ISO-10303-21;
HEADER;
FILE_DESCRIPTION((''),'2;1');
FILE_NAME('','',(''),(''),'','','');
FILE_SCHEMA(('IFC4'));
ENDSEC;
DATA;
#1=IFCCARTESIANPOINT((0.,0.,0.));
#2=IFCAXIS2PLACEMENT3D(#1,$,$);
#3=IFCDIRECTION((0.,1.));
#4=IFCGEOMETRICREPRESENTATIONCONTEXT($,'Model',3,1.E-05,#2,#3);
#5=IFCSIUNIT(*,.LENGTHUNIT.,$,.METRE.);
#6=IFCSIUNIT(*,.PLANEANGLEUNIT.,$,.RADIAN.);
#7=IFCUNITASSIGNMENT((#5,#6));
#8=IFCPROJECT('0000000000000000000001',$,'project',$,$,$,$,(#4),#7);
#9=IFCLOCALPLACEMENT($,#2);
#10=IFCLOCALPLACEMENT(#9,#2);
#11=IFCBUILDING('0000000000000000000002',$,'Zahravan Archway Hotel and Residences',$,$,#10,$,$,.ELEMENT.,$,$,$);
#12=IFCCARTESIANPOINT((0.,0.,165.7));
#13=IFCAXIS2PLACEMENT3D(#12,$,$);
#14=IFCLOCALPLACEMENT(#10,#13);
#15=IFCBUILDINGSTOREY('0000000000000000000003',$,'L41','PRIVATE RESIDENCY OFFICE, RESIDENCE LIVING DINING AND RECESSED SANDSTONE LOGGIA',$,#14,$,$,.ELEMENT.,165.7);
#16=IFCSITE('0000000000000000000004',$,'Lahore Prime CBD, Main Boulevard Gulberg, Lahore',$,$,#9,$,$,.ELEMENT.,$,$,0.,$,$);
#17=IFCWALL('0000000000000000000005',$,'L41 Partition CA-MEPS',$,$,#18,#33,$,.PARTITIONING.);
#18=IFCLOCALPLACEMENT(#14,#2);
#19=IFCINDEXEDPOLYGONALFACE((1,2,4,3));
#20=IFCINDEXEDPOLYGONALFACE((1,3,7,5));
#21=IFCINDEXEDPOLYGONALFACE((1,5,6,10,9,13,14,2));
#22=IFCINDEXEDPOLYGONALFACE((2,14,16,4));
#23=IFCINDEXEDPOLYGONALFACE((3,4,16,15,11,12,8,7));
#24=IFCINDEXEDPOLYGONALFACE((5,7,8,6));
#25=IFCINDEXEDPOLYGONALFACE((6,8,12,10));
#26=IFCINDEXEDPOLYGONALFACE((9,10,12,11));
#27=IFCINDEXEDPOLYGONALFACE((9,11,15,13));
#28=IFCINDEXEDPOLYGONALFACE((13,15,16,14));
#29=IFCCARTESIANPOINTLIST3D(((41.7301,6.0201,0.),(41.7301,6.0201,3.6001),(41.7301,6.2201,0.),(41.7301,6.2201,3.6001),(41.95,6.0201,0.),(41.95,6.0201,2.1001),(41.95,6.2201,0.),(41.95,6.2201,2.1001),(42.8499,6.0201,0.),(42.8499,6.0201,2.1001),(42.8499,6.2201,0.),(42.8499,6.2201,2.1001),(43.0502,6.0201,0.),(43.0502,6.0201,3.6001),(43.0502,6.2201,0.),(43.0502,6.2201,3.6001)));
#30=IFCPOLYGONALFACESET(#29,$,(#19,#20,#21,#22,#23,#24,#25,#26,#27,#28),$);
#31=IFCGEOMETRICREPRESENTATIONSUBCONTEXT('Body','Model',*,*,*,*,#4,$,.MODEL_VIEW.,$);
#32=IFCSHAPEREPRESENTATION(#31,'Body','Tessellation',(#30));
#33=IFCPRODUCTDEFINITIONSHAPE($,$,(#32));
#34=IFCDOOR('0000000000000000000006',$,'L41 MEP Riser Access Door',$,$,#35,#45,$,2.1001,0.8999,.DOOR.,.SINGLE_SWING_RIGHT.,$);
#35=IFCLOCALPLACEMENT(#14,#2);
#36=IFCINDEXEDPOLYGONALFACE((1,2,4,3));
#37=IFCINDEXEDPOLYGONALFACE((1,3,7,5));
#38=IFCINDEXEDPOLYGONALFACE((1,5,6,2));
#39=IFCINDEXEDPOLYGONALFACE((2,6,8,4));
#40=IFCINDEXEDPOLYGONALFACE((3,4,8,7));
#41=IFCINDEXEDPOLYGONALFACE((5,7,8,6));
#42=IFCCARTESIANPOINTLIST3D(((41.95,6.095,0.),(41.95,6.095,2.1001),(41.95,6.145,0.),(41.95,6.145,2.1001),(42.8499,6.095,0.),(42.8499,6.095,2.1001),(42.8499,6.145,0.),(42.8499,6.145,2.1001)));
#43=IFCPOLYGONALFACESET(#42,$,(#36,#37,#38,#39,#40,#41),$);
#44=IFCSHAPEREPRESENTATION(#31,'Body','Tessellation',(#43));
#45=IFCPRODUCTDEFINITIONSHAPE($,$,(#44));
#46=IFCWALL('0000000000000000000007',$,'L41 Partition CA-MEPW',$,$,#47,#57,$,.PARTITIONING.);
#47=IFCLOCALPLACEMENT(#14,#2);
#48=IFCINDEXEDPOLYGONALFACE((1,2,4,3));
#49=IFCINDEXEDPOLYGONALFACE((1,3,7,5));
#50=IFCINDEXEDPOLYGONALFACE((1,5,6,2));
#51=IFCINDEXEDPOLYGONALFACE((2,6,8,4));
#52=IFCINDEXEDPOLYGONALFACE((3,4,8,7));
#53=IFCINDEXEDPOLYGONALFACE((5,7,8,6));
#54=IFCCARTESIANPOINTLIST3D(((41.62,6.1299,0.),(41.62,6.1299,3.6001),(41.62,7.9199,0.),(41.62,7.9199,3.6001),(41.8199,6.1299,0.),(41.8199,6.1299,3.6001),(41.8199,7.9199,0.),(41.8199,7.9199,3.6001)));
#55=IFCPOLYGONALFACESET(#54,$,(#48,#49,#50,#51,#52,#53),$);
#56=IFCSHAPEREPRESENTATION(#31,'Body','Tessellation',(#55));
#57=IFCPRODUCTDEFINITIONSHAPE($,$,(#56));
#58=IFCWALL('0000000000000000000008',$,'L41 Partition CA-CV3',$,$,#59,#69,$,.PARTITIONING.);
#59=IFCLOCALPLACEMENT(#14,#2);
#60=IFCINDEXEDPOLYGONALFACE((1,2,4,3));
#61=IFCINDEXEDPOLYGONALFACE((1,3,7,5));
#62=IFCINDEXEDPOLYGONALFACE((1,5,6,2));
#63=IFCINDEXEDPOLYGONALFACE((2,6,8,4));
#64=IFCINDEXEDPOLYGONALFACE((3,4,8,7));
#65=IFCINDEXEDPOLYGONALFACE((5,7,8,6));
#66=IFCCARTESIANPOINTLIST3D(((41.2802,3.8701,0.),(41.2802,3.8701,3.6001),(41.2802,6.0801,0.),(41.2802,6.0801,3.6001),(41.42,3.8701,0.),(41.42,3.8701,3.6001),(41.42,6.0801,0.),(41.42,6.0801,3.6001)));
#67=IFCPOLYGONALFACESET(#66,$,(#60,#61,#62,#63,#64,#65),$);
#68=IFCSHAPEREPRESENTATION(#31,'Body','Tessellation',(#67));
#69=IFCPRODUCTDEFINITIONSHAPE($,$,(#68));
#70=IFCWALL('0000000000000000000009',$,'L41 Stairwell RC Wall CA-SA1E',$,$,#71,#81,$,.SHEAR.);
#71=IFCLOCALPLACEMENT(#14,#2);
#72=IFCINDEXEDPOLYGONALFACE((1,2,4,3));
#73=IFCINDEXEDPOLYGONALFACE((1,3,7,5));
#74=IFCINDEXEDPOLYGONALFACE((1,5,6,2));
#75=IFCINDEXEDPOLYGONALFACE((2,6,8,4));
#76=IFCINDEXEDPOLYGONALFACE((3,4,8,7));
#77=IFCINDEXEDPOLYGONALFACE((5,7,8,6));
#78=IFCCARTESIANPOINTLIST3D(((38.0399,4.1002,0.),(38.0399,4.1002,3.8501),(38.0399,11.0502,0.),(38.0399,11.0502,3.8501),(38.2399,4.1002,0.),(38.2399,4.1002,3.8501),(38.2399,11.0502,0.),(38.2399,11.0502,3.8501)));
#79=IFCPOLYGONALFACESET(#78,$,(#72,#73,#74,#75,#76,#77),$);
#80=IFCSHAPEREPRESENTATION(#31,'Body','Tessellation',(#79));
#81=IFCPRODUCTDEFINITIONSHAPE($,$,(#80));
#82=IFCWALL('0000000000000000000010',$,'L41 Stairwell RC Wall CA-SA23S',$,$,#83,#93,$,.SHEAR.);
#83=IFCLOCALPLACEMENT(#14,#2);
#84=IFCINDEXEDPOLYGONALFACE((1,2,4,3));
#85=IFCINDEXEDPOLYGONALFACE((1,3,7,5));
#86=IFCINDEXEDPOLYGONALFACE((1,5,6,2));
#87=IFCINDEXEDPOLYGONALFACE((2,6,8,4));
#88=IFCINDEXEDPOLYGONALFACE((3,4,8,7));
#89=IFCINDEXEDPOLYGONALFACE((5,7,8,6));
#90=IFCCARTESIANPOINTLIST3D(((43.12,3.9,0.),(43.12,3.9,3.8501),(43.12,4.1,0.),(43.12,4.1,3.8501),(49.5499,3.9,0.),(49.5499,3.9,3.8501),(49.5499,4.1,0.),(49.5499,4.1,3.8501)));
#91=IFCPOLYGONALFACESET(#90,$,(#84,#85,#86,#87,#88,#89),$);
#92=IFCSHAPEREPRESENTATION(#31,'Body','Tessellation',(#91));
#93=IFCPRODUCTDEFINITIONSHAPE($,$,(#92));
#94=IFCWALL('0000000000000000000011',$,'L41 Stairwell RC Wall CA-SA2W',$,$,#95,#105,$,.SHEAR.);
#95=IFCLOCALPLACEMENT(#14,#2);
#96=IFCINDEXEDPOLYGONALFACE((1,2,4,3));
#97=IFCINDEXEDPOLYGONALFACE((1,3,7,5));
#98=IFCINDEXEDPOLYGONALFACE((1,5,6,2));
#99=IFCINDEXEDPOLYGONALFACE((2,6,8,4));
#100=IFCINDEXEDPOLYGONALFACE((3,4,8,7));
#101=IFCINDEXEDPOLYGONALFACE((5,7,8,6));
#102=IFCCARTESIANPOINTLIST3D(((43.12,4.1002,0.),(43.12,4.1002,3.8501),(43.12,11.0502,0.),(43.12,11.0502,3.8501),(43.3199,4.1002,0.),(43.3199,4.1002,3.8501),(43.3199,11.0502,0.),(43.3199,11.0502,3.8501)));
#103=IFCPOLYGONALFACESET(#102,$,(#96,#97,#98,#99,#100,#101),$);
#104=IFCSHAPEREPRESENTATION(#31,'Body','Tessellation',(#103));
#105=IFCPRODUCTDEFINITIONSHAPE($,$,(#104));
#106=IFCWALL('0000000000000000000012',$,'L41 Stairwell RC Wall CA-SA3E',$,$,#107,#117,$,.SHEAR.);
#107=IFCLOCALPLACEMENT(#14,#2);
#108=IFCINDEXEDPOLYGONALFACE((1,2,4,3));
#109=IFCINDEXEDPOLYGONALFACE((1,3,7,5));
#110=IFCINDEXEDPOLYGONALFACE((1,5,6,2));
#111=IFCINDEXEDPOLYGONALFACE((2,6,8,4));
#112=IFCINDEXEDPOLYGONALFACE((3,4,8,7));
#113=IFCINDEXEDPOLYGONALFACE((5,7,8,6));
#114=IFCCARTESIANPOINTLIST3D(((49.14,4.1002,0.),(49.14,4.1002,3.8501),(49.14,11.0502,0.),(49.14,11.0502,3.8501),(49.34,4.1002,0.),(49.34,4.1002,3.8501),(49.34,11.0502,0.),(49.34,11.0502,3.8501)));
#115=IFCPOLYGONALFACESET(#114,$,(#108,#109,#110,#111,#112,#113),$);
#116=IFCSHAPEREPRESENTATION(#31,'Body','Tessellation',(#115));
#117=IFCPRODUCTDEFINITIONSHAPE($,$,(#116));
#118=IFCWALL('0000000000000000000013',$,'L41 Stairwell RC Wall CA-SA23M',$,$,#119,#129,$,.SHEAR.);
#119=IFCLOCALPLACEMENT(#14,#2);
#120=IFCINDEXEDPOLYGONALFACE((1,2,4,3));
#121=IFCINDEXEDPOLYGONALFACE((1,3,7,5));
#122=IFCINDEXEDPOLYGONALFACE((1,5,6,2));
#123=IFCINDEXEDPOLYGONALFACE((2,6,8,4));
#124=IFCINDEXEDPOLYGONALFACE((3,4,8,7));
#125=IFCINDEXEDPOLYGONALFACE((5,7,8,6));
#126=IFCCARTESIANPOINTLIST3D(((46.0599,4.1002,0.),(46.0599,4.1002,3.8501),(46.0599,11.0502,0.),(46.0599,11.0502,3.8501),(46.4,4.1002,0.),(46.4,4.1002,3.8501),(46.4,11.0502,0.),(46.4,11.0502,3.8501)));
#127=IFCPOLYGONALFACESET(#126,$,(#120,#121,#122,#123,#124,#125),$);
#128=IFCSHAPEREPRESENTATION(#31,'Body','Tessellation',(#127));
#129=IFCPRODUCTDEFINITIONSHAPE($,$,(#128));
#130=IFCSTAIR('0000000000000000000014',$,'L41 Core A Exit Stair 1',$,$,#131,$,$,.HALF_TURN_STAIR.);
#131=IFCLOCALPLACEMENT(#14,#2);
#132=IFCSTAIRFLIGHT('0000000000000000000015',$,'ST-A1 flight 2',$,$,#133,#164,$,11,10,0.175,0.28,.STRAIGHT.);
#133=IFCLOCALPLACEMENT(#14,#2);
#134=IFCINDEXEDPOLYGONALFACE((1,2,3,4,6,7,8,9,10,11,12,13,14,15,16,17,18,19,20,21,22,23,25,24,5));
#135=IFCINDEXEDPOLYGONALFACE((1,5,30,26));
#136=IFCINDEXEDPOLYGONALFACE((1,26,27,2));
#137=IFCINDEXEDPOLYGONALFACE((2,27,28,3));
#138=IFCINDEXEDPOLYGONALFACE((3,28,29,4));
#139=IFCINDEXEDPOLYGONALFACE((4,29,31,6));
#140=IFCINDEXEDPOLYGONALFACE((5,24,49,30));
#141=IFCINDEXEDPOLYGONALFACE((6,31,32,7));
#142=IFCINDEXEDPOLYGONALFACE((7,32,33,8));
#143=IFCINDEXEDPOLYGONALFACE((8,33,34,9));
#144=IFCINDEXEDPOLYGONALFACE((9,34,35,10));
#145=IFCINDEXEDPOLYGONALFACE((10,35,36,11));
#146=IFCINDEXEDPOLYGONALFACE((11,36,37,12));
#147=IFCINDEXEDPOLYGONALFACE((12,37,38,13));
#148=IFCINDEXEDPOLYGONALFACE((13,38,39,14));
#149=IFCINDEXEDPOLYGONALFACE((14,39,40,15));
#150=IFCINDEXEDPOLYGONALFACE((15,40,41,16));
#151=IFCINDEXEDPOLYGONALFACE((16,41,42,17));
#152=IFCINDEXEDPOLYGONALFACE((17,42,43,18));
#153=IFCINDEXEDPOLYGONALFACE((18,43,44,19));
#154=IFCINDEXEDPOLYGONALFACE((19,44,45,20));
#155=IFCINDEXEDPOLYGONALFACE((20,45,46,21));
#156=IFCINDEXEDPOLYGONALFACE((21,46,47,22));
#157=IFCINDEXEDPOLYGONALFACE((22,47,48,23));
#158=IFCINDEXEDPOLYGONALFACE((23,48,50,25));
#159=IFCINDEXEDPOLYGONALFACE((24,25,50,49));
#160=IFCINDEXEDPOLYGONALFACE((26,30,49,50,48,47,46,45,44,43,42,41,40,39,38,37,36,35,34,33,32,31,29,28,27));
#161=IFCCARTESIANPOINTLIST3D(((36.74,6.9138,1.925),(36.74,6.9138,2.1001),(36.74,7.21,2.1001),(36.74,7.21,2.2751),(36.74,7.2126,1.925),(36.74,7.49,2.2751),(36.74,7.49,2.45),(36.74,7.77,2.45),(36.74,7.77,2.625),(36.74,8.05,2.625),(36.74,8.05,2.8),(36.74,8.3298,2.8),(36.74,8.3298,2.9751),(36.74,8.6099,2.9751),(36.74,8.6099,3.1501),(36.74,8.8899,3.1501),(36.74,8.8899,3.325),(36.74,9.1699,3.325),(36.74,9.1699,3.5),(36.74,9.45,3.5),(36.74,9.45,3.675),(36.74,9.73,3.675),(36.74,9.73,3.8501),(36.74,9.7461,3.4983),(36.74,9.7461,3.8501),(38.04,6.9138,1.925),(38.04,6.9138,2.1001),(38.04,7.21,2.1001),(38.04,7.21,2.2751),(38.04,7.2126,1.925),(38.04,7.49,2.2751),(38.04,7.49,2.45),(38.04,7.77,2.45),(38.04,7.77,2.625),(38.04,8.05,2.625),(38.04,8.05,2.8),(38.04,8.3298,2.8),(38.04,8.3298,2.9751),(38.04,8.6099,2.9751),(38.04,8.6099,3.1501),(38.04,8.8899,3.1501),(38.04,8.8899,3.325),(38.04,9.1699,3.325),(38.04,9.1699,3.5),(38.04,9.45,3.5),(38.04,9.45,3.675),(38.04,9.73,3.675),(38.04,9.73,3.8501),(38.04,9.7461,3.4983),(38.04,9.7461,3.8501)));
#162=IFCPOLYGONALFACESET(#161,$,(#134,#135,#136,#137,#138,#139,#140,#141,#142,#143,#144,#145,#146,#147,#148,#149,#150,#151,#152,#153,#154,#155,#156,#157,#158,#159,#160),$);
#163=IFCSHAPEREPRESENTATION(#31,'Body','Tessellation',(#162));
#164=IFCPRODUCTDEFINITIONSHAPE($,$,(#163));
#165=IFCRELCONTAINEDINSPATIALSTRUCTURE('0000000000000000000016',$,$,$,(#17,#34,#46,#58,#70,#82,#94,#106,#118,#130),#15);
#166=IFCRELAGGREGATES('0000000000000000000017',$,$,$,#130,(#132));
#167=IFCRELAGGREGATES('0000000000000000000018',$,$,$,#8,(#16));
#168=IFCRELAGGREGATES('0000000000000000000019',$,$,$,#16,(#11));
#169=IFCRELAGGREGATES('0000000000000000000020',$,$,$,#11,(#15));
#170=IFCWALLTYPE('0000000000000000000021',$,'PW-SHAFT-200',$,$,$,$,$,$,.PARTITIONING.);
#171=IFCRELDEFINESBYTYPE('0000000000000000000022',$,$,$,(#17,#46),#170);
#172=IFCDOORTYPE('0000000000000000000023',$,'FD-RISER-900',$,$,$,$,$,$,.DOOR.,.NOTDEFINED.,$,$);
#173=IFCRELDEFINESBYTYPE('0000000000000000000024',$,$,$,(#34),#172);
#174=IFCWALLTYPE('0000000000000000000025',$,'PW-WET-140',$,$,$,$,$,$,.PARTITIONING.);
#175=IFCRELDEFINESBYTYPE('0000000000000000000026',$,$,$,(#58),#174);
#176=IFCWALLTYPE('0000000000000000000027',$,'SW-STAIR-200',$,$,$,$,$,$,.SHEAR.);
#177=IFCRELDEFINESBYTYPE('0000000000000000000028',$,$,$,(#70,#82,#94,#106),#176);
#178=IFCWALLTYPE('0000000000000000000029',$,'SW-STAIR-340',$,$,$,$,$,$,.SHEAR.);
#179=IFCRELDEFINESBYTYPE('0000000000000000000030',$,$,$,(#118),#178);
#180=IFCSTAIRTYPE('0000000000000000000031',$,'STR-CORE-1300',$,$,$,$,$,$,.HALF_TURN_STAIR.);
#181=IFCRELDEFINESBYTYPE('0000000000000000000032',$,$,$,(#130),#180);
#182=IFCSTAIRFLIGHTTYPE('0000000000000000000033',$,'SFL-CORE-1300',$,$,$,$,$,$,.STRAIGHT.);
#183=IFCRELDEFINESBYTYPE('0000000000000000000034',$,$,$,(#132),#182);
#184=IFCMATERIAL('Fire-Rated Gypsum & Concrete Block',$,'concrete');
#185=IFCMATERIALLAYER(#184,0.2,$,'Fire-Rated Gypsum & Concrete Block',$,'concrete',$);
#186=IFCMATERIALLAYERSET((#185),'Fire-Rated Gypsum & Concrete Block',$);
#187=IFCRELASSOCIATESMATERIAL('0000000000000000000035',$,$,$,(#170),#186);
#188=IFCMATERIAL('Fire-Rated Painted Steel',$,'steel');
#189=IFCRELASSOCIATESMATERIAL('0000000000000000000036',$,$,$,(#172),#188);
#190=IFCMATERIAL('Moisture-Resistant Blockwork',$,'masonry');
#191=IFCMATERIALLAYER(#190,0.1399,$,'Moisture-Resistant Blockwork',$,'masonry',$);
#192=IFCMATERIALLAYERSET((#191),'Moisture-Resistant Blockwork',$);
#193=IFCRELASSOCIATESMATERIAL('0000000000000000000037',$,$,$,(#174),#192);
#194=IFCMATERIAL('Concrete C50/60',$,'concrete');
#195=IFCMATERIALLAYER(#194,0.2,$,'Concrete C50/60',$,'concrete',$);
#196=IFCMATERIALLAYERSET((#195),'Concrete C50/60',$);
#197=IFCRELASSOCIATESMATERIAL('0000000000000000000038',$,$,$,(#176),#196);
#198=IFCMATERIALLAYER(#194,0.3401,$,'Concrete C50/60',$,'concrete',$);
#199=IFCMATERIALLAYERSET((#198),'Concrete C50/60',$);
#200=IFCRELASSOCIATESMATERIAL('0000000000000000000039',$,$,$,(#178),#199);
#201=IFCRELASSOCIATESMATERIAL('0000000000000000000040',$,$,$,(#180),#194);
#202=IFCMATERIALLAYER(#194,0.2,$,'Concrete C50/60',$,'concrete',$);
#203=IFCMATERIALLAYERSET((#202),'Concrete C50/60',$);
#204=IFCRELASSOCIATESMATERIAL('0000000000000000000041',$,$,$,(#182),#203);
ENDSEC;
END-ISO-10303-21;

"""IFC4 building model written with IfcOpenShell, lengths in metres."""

from ifc_helpers import new_model, si_unit, direction, frame, frame_2d, origin, place, context, subcontext, project, spatial, polyline, rectangle, outline, extrude, source, transform, mapped, material, layer, layer_set, type_object, type_shapes, element, fill, aggregate, save


model = new_model("IFC4")

# Units and contexts
model_context = context("Model", 3, precision=1e-05, world=origin(), true_north=direction((0.0, 1.0)))
body_context = subcontext(model_context, "Body", "Model", "MODEL_VIEW")
ifc_project = project(units=[si_unit("LENGTHUNIT", "METRE"), si_unit("PLANEANGLEUNIT", "RADIAN")], contexts=[model_context])

# Site, building, storey
site_placement = place(None, origin())
site = spatial("IfcSite", under=ifc_project, at=site_placement, Name="Lahore Prime CBD, Main Boulevard Gulberg, Lahore", CompositionType="ELEMENT", RefElevation=0.0)
building_placement = place(site_placement, origin())
building = spatial("IfcBuilding", under=site, at=building_placement, Name="Zahravan Archway Hotel and Residences", CompositionType="ELEMENT")
storey_placement = place(building_placement, frame((0.0, 0.0, 165.7)))
storey = spatial("IfcBuildingStorey", under=building, at=storey_placement, Name="L41", Description="PRIVATE RESIDENCY OFFICE, RESIDENCE LIVING DINING AND RECESSED SANDSTONE LOGGIA", CompositionType="ELEMENT", Elevation=165.7)

# Shared definitions
ifc_material_1 = material(Name="Fire-Rated Gypsum & Concrete Block", Category="concrete")
ifc_layer_1 = layer(ifc_material_1, 0.2, Name="Fire-Rated Gypsum & Concrete Block", Category="concrete")
ifc_layer_set_1 = layer_set([ifc_layer_1], Name="Fire-Rated Gypsum & Concrete Block")
wall_type_1 = type_object("IfcWallType", Name="PW-SHAFT-200", PredefinedType="PARTITIONING", material=ifc_layer_set_1)
ifc_material_2 = material(Name="Fire-Rated Painted Steel", Category="steel")
door_type = type_object("IfcDoorType", Name="FD-RISER-900", OperationType="NOTDEFINED", PredefinedType="DOOR", material=ifc_material_2)
shared_shape_1 = source(origin(), body_context, "Body", "SweptSolid", [
    extrude(rectangle(XDim=0.8999, YDim=2.1001, at=frame_2d((0.45, 1.05))), frame((0.0, 0.0249, 0.0), z_axis=(0.0, -1.0, 0.0), x_axis=(1.0, 0.0, 0.0)), (0.0, 0.0, 1.0), 0.05),
])
type_shapes(door_type, [shared_shape_1])

# Wall, opening, door
wall_1_placement = place(storey_placement, frame((41.73, 6.1201, 0.0), z_axis=(0.0, 0.0, 1.0), x_axis=(1.0, 0.0, 0.0)))
wall_1 = element("IfcWall", 1, at=wall_1_placement, inside=storey, type_object=wall_type_1, Name="L41 Partition CA-MEPS", PredefinedType="PARTITIONING", context=body_context, shape_type="SweptSolid", body=[
    extrude(rectangle(XDim=1.3201, YDim=0.2, at=frame_2d((0.6602, 0.0))), origin(), (0.0, 0.0, 1.0), 3.6001),
])
opening_1_placement = place(wall_1_placement, frame((0.22, 0.0, 0.0)))
opening_1 = element("IfcOpeningElement", 2, at=opening_1_placement, cuts=wall_1, PredefinedType="OPENING", context=body_context, shape_type="SweptSolid", body=[
    extrude(rectangle(XDim=0.8999, YDim=2.1001, at=frame_2d((0.45, 1.05))), frame((0.0, 0.1099, 0.0), z_axis=(0.0, -1.0, 0.0), x_axis=(1.0, 0.0, 0.0)), (0.0, 0.0, 1.0), 0.22),
])
door_1_placement = place(opening_1_placement, origin())
door_1 = element("IfcDoor", 3, at=door_1_placement, inside=storey, type_object=door_type, Name="L41 MEP Riser Access Door", OperationType="SINGLE_SWING_RIGHT", OverallHeight=2.1001, OverallWidth=0.8999, PredefinedType="DOOR", context=body_context, shape_type="MappedRepresentation", body=[
    mapped(shared_shape_1, transform((0.0, 0.0, 0.0), scale=1.0)),
])
fill(opening_1, door_1)

# Walls
wall_2_placement = place(storey_placement, frame((41.72, 6.1299, 0.0), z_axis=(0.0, 0.0, 1.0), x_axis=(0.0, 1.0, 0.0)))
element("IfcWall", 4, at=wall_2_placement, inside=storey, type_object=wall_type_1, Name="L41 Partition CA-MEPW", PredefinedType="PARTITIONING", context=body_context, shape_type="SweptSolid", body=[
    extrude(rectangle(XDim=1.79, YDim=0.2, at=frame_2d((0.895, 0.0))), origin(), (0.0, 0.0, 1.0), 3.6001),
])
ifc_material_3 = material(Name="Moisture-Resistant Blockwork", Category="masonry")
ifc_layer_2 = layer(ifc_material_3, 0.1399, Name="Moisture-Resistant Blockwork", Category="masonry")
ifc_layer_set_2 = layer_set([ifc_layer_2], Name="Moisture-Resistant Blockwork")
wall_type_2 = type_object("IfcWallType", Name="PW-WET-140", PredefinedType="PARTITIONING", material=ifc_layer_set_2)
wall_3_placement = place(storey_placement, frame((41.3501, 3.8701, 0.0), z_axis=(0.0, 0.0, 1.0), x_axis=(0.0, 1.0, 0.0)))
element("IfcWall", 5, at=wall_3_placement, inside=storey, type_object=wall_type_2, Name="L41 Partition CA-CV3", PredefinedType="PARTITIONING", context=body_context, shape_type="SweptSolid", body=[
    extrude(rectangle(XDim=2.21, YDim=0.1399, at=frame_2d((1.105, 0.0))), origin(), (0.0, 0.0, 1.0), 3.6001),
])
ifc_material_4 = material(Name="Concrete C50/60", Category="concrete")
ifc_layer_3 = layer(ifc_material_4, 0.2, Name="Concrete C50/60", Category="concrete")
ifc_layer_set_3 = layer_set([ifc_layer_3], Name="Concrete C50/60")
wall_type_3 = type_object("IfcWallType", Name="SW-STAIR-200", PredefinedType="SHEAR", material=ifc_layer_set_3)
wall_4_placement = place(storey_placement, frame((38.1399, 4.1001, 0.0), z_axis=(0.0, 0.0, 1.0), x_axis=(0.0, 1.0, 0.0)))
element("IfcWall", 6, at=wall_4_placement, inside=storey, type_object=wall_type_3, Name="L41 Stairwell RC Wall CA-SA1E", PredefinedType="SHEAR", context=body_context, shape_type="SweptSolid", body=[
    extrude(rectangle(XDim=6.95, YDim=0.2, at=frame_2d((3.4751, 0.0))), origin(), (0.0, 0.0, 1.0), 3.8501),
])
wall_5_placement = place(storey_placement, frame((43.1201, 4.0, 0.0), z_axis=(0.0, 0.0, 1.0), x_axis=(1.0, 0.0, 0.0)))
element("IfcWall", 7, at=wall_5_placement, inside=storey, type_object=wall_type_3, Name="L41 Stairwell RC Wall CA-SA23S", PredefinedType="SHEAR", context=body_context, shape_type="SweptSolid", body=[
    extrude(rectangle(XDim=6.4299, YDim=0.2, at=frame_2d((3.2148, 0.0))), origin(), (0.0, 0.0, 1.0), 3.8501),
])
for number, where, z_axis, x_axis, name in (
    (8, (43.22, 4.1001, 0.0), (0.0, 0.0, 1.0), (0.0, 1.0, 0.0), "L41 Stairwell RC Wall CA-SA2W"),
    (9, (49.24, 4.1001, 0.0), (0.0, 0.0, 1.0), (0.0, 1.0, 0.0), "L41 Stairwell RC Wall CA-SA3E"),
):
    element("IfcWall", number, at=place(storey_placement, frame(where, z_axis=z_axis, x_axis=x_axis)), inside=storey, type_object=wall_type_3, Name=name, PredefinedType="SHEAR", context=body_context, shape_type="SweptSolid", body=[
        extrude(rectangle(XDim=6.95, YDim=0.2, at=frame_2d((3.4751, 0.0))), origin(), (0.0, 0.0, 1.0), 3.8501),
    ])
ifc_layer_4 = layer(ifc_material_4, 0.3401, Name="Concrete C50/60", Category="concrete")
ifc_layer_set_4 = layer_set([ifc_layer_4], Name="Concrete C50/60")
wall_type_4 = type_object("IfcWallType", Name="SW-STAIR-340", PredefinedType="SHEAR", material=ifc_layer_set_4)
wall_6_placement = place(storey_placement, frame((46.23, 4.1001, 0.0), z_axis=(0.0, 0.0, 1.0), x_axis=(0.0, 1.0, 0.0)))
element("IfcWall", 10, at=wall_6_placement, inside=storey, type_object=wall_type_4, Name="L41 Stairwell RC Wall CA-SA23M", PredefinedType="SHEAR", context=body_context, shape_type="SweptSolid", body=[
    extrude(rectangle(XDim=6.95, YDim=0.3401, at=frame_2d((3.4751, 0.0))), origin(), (0.0, 0.0, 1.0), 3.8501),
])

# Stair, stair flight
stair_type = type_object("IfcStairType", Name="STR-CORE-1300", PredefinedType="HALF_TURN_STAIR", material=ifc_material_4)
stair_1_placement = place(storey_placement, origin())
stair_1 = element("IfcStair", 11, at=stair_1_placement, inside=storey, type_object=stair_type, Name="L41 Core A Exit Stair 1", PredefinedType="HALF_TURN_STAIR")
ifc_layer_5 = layer(ifc_material_4, 0.2, Name="Concrete C50/60", Category="concrete")
ifc_layer_set_5 = layer_set([ifc_layer_5], Name="Concrete C50/60")
stair_flight_type = type_object("IfcStairFlightType", Name="SFL-CORE-1300", PredefinedType="STRAIGHT", material=ifc_layer_set_5)
shared_shape_2 = source(origin(), body_context, "Body", "SweptSolid", [
    extrude(outline(polyline([(-0.0161, 0.0), (-0.0161, 0.175), (0.28, 0.175), (0.28, 0.3501), (0.5601, 0.3501), (0.5601, 0.5249), (0.8401, 0.5249), (0.8401, 0.7), (1.1201, 0.7), (1.1201, 0.875), (1.3999, 0.875), (1.3999, 1.05), (1.6799, 1.05), (1.6799, 1.2251), (1.96, 1.2251), (1.96, 1.3999), (2.24, 1.3999), (2.24, 1.575), (2.52, 1.575), (2.52, 1.75), (2.8, 1.75), (2.8, 1.925), (2.8162, 1.925), (2.8162, 1.5732), (0.2827, 0.0), (-0.0161, 0.0)])), frame((0.0, 0.6499, 0.0), z_axis=(0.0, -1.0, 0.0), x_axis=(1.0, 0.0, 0.0)), (0.0, 0.0, 1.0), 1.3),
])
stair_flight_1_placement = place(storey_placement, frame((37.3899, 6.9299, 1.925), z_axis=(0.0, 0.0, 1.0), x_axis=(0.0, 1.0, 0.0)))
stair_flight_1 = element("IfcStairFlight", 12, at=stair_flight_1_placement, type_object=stair_flight_type, Name="ST-A1 flight 2", NumberOfRisers=11, NumberOfTreads=10, PredefinedType="STRAIGHT", RiserHeight=0.175, TreadLength=0.28, context=body_context, shape_type="MappedRepresentation", body=[
    mapped(shared_shape_2, transform((0.0, 0.0, 0.0), scale=1.0)),
])
aggregate(stair_1, [stair_flight_1])

save(model, "model.ifc")
